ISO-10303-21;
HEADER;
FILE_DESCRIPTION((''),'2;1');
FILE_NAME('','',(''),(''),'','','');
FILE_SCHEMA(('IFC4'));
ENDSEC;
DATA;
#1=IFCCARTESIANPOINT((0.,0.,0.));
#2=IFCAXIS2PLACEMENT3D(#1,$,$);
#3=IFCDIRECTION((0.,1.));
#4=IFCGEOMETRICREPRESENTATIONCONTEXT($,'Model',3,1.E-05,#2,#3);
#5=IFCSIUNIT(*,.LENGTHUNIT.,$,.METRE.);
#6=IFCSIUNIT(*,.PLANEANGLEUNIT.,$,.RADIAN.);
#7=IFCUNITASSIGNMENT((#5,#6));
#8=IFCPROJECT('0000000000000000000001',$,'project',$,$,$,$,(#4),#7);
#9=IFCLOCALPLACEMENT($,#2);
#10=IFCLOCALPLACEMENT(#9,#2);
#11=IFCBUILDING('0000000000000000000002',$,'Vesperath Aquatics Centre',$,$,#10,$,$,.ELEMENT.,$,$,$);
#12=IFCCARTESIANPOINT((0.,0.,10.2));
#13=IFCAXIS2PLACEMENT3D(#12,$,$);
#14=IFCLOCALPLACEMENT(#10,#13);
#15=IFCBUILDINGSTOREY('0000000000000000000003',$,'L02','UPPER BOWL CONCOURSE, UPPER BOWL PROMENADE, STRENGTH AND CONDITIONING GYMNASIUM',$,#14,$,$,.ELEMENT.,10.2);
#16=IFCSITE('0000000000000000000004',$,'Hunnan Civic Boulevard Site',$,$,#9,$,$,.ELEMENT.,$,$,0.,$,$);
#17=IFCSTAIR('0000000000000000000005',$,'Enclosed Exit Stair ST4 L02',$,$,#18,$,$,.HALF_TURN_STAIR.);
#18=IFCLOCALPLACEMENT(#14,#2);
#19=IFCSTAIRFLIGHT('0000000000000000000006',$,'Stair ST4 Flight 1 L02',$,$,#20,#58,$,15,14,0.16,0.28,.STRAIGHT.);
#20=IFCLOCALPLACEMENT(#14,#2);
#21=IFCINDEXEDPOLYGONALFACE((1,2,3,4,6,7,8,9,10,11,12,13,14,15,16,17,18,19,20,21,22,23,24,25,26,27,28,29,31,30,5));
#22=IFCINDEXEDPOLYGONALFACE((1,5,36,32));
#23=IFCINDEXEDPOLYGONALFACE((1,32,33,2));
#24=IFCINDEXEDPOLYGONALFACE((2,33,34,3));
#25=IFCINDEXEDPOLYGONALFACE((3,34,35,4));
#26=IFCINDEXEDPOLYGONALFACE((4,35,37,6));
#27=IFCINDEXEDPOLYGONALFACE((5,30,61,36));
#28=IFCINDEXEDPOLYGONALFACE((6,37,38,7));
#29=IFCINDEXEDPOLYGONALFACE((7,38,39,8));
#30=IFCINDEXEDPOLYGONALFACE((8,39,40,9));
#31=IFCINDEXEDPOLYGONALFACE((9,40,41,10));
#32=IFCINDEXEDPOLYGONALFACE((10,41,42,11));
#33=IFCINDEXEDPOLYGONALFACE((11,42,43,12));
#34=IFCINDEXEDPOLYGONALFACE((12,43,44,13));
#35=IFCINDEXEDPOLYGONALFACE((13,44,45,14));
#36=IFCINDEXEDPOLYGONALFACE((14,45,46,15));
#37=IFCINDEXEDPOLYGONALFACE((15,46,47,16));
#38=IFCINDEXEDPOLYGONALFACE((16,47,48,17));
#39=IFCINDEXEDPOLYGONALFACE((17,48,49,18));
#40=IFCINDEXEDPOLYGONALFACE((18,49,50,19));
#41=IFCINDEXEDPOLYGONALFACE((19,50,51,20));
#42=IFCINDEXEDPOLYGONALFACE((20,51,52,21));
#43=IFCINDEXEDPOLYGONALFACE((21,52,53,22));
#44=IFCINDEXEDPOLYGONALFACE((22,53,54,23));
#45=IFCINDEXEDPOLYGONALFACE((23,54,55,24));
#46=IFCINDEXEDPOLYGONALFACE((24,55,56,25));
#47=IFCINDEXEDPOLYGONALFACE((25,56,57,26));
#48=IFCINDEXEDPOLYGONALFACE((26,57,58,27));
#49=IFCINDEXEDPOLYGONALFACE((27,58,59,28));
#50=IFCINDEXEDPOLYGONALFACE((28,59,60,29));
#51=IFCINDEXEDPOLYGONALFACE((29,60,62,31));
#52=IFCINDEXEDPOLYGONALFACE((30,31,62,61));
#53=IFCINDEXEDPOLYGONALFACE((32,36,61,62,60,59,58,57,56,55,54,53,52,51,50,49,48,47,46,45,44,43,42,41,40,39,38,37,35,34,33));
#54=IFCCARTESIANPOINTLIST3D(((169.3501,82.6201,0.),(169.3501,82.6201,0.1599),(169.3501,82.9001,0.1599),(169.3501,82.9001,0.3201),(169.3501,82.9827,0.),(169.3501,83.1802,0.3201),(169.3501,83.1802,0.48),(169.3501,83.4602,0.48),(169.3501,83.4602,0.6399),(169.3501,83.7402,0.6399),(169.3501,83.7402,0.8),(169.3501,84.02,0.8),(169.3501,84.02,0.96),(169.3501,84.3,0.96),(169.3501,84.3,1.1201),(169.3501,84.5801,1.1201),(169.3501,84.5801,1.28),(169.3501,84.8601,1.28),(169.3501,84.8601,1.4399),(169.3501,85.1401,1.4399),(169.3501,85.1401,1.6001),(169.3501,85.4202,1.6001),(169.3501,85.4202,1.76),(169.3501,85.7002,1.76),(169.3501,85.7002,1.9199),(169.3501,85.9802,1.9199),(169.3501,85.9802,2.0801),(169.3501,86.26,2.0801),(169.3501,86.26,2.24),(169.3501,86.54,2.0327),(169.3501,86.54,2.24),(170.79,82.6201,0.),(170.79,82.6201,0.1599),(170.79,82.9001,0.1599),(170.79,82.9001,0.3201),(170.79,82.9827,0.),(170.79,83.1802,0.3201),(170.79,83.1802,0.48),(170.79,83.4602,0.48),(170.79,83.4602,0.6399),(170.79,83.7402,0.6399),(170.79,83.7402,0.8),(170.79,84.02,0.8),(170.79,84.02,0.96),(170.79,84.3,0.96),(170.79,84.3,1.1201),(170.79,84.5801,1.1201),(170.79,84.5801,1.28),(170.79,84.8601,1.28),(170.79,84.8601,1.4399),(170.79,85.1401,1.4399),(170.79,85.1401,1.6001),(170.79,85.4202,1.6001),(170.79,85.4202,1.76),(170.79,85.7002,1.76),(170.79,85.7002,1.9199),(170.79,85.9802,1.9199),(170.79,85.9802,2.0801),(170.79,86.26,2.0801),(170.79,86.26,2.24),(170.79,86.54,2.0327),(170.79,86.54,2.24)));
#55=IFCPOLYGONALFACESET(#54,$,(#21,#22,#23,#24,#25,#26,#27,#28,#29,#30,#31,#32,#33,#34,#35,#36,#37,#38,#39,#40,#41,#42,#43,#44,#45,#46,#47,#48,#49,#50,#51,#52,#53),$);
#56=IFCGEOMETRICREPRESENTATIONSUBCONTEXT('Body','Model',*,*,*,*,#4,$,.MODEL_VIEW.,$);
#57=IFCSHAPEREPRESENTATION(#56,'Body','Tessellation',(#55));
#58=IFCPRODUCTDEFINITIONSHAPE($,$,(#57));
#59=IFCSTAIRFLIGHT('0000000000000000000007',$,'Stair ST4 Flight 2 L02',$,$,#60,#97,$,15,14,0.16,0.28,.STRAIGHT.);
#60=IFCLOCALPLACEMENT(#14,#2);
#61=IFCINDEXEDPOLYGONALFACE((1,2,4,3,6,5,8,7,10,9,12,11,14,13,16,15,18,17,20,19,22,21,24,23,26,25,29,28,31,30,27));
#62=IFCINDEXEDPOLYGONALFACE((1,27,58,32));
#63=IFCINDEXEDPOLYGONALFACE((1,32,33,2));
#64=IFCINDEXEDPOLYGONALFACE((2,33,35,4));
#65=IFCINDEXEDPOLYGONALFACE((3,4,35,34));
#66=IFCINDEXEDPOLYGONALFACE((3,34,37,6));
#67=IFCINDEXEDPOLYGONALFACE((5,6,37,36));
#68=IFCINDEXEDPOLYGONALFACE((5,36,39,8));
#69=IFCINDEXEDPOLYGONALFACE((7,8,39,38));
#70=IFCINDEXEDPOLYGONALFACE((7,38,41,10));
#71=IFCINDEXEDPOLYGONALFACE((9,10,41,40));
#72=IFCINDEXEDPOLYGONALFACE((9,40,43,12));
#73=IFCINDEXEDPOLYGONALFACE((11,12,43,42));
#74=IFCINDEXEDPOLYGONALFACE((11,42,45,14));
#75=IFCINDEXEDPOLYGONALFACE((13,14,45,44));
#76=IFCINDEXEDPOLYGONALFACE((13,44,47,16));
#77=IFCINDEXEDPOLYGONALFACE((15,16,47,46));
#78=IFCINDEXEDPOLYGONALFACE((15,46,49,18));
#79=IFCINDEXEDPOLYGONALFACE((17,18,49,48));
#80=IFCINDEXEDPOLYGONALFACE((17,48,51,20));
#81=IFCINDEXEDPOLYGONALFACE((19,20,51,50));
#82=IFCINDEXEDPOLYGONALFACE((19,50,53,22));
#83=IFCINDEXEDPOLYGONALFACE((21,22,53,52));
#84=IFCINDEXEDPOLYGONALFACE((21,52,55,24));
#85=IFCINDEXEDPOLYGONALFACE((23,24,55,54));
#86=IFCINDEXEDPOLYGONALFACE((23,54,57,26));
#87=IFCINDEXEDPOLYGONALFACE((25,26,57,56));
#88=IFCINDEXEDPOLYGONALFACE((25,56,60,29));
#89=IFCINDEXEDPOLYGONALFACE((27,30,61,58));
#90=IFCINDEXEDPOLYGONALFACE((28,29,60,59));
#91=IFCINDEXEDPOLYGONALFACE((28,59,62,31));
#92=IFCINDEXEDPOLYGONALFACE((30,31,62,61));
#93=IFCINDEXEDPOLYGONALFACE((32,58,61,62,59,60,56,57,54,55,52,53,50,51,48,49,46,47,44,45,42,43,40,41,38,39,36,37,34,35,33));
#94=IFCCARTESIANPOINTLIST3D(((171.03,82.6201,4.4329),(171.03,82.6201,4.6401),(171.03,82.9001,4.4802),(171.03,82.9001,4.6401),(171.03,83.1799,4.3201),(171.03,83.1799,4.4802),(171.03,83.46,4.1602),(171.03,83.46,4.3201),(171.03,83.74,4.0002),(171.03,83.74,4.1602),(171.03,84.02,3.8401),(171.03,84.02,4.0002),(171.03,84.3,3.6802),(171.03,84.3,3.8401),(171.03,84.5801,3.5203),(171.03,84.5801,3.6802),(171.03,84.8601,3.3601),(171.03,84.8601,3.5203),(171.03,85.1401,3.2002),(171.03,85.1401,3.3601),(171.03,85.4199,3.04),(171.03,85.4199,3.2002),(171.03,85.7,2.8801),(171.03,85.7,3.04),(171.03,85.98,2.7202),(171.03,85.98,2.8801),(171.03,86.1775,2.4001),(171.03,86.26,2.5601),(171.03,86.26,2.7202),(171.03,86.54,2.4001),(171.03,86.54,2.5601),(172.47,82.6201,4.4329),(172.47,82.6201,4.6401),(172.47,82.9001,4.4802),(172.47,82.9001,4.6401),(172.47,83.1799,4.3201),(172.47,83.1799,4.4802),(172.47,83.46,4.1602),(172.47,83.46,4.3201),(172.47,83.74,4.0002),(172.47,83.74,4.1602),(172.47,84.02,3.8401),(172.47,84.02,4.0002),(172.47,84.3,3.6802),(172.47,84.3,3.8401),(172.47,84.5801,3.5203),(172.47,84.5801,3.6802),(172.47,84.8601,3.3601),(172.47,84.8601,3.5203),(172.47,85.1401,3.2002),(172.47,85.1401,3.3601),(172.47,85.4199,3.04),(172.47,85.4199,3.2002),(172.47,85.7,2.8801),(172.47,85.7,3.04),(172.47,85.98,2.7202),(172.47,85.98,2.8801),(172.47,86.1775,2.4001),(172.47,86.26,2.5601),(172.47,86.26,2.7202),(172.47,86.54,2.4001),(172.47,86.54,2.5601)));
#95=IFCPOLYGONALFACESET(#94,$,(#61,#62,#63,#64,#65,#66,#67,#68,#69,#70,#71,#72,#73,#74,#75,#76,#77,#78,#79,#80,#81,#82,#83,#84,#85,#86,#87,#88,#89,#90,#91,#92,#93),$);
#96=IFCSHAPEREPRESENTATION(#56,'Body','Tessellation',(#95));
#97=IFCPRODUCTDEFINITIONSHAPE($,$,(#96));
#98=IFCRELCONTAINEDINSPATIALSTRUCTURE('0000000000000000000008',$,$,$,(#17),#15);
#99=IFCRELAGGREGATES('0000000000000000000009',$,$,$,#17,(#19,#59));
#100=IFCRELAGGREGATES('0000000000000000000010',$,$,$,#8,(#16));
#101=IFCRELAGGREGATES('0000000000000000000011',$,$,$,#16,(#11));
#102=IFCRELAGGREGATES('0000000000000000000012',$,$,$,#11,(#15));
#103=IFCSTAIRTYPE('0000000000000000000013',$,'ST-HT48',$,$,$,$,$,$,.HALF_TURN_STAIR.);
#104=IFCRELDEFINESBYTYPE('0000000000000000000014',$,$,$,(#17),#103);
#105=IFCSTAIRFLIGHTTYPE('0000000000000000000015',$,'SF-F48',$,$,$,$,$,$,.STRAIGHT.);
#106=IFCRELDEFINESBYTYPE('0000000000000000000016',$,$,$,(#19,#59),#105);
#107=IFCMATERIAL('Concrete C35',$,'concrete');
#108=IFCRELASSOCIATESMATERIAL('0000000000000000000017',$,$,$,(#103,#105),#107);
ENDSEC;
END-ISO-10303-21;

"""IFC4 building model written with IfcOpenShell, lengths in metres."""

from ifc_helpers import new_model, si_unit, direction, frame, origin, place, context, subcontext, project, spatial, polyline, outline, extrude, material, type_object, element, aggregate, save


model = new_model("IFC4")

# Units and contexts
model_context = context("Model", 3, precision=1e-05, world=origin(), true_north=direction((0.0, 1.0)))
body_context = subcontext(model_context, "Body", "Model", "MODEL_VIEW")
ifc_project = project(units=[si_unit("LENGTHUNIT", "METRE"), si_unit("PLANEANGLEUNIT", "RADIAN")], contexts=[model_context])

# Site, building, storey
site_placement = place(None, origin())
site = spatial("IfcSite", under=ifc_project, at=site_placement, Name="Hunnan Civic Boulevard Site", CompositionType="ELEMENT", RefElevation=0.0)
building_placement = place(site_placement, origin())
building = spatial("IfcBuilding", under=site, at=building_placement, Name="Vesperath Aquatics Centre", CompositionType="ELEMENT")
storey_placement = place(building_placement, frame((0.0, 0.0, 10.2)))
storey = spatial("IfcBuildingStorey", under=building, at=storey_placement, Name="L02", Description="UPPER BOWL CONCOURSE, UPPER BOWL PROMENADE, STRENGTH AND CONDITIONING GYMNASIUM", CompositionType="ELEMENT", Elevation=10.2)

# Shared definitions
ifc_material_1 = material(Name="Concrete C35", Category="concrete")

# Stair, stair flights
stair_type = type_object("IfcStairType", Name="ST-HT48", PredefinedType="HALF_TURN_STAIR", material=ifc_material_1)
stair_placement = place(storey_placement, origin())
stair = element("IfcStair", 1, at=stair_placement, inside=storey, type_object=stair_type, Name="Enclosed Exit Stair ST4 L02", PredefinedType="HALF_TURN_STAIR")
stair_flight_type = type_object("IfcStairFlightType", Name="SF-F48", PredefinedType="STRAIGHT", material=ifc_material_1)
stair_flight_1_placement = place(storey_placement, frame((170.0701, 82.6201, 0.0), z_axis=(0.0, 0.0, 1.0), x_axis=(0.0, 1.0, 0.0)))
stair_flight_1 = element("IfcStairFlight", 2, at=stair_flight_1_placement, type_object=stair_flight_type, Name="Stair ST4 Flight 1 L02", NumberOfRisers=15, NumberOfTreads=14, PredefinedType="STRAIGHT", RiserHeight=0.16, TreadLength=0.28, context=body_context, shape_type="SweptSolid", body=[
    extrude(outline(polyline([(0.0, 0.0), (0.0, 0.1599), (0.28, 0.1599), (0.28, 0.3201), (0.5601, 0.3201), (0.5601, 0.48), (0.8401, 0.48), (0.8401, 0.6399), (1.1201, 0.6399), (1.1201, 0.8), (1.3999, 0.8), (1.3999, 0.96), (1.6799, 0.96), (1.6799, 1.1201), (1.96, 1.1201), (1.96, 1.28), (2.24, 1.28), (2.24, 1.4399), (2.52, 1.4399), (2.52, 1.6001), (2.8, 1.6001), (2.8, 1.76), (3.0801, 1.76), (3.0801, 1.9199), (3.3601, 1.9199), (3.3601, 2.0801), (3.6399, 2.0801), (3.6399, 2.24), (3.9199, 2.24), (3.9199, 2.3999), (3.9199, 2.0327), (0.3625, 0.0), (0.0, 0.0)])), frame((0.0, 0.72, 0.0), z_axis=(0.0, -1.0, 0.0), x_axis=(1.0, 0.0, 0.0)), (0.0, 0.0, 1.0), 1.4399),
])
stair_flight_2_placement = place(storey_placement, frame((171.75, 86.54, 2.4001), z_axis=(0.0, 0.0, 1.0), x_axis=(0.0, -1.0, 0.0)))
stair_flight_2 = element("IfcStairFlight", 3, at=stair_flight_2_placement, type_object=stair_flight_type, Name="Stair ST4 Flight 2 L02", NumberOfRisers=15, NumberOfTreads=14, PredefinedType="STRAIGHT", RiserHeight=0.16, TreadLength=0.28, context=body_context, shape_type="SweptSolid", body=[
    extrude(outline(polyline([(0.0, 0.0), (0.0, 0.1599), (0.28, 0.1599), (0.28, 0.3201), (0.5601, 0.3201), (0.5601, 0.48), (0.8401, 0.48), (0.8401, 0.6399), (1.1201, 0.6399), (1.1201, 0.8), (1.3999, 0.8), (1.3999, 0.96), (1.6799, 0.96), (1.6799, 1.1201), (1.96, 1.1201), (1.96, 1.28), (2.24, 1.28), (2.24, 1.4399), (2.52, 1.4399), (2.52, 1.6001), (2.8, 1.6001), (2.8, 1.76), (3.0801, 1.76), (3.0801, 1.9199), (3.3601, 1.9199), (3.3601, 2.0801), (3.6399, 2.0801), (3.6399, 2.24), (3.9199, 2.24), (3.9199, 2.3999), (3.9199, 2.0327), (0.3625, 0.0), (0.0, 0.0)])), frame((0.0, 0.72, 0.0), z_axis=(0.0, -1.0, 0.0), x_axis=(1.0, 0.0, 0.0)), (0.0, 0.0, 1.0), 1.4399),
])
aggregate(stair, [stair_flight_1, stair_flight_2])

save(model, "model.ifc")
